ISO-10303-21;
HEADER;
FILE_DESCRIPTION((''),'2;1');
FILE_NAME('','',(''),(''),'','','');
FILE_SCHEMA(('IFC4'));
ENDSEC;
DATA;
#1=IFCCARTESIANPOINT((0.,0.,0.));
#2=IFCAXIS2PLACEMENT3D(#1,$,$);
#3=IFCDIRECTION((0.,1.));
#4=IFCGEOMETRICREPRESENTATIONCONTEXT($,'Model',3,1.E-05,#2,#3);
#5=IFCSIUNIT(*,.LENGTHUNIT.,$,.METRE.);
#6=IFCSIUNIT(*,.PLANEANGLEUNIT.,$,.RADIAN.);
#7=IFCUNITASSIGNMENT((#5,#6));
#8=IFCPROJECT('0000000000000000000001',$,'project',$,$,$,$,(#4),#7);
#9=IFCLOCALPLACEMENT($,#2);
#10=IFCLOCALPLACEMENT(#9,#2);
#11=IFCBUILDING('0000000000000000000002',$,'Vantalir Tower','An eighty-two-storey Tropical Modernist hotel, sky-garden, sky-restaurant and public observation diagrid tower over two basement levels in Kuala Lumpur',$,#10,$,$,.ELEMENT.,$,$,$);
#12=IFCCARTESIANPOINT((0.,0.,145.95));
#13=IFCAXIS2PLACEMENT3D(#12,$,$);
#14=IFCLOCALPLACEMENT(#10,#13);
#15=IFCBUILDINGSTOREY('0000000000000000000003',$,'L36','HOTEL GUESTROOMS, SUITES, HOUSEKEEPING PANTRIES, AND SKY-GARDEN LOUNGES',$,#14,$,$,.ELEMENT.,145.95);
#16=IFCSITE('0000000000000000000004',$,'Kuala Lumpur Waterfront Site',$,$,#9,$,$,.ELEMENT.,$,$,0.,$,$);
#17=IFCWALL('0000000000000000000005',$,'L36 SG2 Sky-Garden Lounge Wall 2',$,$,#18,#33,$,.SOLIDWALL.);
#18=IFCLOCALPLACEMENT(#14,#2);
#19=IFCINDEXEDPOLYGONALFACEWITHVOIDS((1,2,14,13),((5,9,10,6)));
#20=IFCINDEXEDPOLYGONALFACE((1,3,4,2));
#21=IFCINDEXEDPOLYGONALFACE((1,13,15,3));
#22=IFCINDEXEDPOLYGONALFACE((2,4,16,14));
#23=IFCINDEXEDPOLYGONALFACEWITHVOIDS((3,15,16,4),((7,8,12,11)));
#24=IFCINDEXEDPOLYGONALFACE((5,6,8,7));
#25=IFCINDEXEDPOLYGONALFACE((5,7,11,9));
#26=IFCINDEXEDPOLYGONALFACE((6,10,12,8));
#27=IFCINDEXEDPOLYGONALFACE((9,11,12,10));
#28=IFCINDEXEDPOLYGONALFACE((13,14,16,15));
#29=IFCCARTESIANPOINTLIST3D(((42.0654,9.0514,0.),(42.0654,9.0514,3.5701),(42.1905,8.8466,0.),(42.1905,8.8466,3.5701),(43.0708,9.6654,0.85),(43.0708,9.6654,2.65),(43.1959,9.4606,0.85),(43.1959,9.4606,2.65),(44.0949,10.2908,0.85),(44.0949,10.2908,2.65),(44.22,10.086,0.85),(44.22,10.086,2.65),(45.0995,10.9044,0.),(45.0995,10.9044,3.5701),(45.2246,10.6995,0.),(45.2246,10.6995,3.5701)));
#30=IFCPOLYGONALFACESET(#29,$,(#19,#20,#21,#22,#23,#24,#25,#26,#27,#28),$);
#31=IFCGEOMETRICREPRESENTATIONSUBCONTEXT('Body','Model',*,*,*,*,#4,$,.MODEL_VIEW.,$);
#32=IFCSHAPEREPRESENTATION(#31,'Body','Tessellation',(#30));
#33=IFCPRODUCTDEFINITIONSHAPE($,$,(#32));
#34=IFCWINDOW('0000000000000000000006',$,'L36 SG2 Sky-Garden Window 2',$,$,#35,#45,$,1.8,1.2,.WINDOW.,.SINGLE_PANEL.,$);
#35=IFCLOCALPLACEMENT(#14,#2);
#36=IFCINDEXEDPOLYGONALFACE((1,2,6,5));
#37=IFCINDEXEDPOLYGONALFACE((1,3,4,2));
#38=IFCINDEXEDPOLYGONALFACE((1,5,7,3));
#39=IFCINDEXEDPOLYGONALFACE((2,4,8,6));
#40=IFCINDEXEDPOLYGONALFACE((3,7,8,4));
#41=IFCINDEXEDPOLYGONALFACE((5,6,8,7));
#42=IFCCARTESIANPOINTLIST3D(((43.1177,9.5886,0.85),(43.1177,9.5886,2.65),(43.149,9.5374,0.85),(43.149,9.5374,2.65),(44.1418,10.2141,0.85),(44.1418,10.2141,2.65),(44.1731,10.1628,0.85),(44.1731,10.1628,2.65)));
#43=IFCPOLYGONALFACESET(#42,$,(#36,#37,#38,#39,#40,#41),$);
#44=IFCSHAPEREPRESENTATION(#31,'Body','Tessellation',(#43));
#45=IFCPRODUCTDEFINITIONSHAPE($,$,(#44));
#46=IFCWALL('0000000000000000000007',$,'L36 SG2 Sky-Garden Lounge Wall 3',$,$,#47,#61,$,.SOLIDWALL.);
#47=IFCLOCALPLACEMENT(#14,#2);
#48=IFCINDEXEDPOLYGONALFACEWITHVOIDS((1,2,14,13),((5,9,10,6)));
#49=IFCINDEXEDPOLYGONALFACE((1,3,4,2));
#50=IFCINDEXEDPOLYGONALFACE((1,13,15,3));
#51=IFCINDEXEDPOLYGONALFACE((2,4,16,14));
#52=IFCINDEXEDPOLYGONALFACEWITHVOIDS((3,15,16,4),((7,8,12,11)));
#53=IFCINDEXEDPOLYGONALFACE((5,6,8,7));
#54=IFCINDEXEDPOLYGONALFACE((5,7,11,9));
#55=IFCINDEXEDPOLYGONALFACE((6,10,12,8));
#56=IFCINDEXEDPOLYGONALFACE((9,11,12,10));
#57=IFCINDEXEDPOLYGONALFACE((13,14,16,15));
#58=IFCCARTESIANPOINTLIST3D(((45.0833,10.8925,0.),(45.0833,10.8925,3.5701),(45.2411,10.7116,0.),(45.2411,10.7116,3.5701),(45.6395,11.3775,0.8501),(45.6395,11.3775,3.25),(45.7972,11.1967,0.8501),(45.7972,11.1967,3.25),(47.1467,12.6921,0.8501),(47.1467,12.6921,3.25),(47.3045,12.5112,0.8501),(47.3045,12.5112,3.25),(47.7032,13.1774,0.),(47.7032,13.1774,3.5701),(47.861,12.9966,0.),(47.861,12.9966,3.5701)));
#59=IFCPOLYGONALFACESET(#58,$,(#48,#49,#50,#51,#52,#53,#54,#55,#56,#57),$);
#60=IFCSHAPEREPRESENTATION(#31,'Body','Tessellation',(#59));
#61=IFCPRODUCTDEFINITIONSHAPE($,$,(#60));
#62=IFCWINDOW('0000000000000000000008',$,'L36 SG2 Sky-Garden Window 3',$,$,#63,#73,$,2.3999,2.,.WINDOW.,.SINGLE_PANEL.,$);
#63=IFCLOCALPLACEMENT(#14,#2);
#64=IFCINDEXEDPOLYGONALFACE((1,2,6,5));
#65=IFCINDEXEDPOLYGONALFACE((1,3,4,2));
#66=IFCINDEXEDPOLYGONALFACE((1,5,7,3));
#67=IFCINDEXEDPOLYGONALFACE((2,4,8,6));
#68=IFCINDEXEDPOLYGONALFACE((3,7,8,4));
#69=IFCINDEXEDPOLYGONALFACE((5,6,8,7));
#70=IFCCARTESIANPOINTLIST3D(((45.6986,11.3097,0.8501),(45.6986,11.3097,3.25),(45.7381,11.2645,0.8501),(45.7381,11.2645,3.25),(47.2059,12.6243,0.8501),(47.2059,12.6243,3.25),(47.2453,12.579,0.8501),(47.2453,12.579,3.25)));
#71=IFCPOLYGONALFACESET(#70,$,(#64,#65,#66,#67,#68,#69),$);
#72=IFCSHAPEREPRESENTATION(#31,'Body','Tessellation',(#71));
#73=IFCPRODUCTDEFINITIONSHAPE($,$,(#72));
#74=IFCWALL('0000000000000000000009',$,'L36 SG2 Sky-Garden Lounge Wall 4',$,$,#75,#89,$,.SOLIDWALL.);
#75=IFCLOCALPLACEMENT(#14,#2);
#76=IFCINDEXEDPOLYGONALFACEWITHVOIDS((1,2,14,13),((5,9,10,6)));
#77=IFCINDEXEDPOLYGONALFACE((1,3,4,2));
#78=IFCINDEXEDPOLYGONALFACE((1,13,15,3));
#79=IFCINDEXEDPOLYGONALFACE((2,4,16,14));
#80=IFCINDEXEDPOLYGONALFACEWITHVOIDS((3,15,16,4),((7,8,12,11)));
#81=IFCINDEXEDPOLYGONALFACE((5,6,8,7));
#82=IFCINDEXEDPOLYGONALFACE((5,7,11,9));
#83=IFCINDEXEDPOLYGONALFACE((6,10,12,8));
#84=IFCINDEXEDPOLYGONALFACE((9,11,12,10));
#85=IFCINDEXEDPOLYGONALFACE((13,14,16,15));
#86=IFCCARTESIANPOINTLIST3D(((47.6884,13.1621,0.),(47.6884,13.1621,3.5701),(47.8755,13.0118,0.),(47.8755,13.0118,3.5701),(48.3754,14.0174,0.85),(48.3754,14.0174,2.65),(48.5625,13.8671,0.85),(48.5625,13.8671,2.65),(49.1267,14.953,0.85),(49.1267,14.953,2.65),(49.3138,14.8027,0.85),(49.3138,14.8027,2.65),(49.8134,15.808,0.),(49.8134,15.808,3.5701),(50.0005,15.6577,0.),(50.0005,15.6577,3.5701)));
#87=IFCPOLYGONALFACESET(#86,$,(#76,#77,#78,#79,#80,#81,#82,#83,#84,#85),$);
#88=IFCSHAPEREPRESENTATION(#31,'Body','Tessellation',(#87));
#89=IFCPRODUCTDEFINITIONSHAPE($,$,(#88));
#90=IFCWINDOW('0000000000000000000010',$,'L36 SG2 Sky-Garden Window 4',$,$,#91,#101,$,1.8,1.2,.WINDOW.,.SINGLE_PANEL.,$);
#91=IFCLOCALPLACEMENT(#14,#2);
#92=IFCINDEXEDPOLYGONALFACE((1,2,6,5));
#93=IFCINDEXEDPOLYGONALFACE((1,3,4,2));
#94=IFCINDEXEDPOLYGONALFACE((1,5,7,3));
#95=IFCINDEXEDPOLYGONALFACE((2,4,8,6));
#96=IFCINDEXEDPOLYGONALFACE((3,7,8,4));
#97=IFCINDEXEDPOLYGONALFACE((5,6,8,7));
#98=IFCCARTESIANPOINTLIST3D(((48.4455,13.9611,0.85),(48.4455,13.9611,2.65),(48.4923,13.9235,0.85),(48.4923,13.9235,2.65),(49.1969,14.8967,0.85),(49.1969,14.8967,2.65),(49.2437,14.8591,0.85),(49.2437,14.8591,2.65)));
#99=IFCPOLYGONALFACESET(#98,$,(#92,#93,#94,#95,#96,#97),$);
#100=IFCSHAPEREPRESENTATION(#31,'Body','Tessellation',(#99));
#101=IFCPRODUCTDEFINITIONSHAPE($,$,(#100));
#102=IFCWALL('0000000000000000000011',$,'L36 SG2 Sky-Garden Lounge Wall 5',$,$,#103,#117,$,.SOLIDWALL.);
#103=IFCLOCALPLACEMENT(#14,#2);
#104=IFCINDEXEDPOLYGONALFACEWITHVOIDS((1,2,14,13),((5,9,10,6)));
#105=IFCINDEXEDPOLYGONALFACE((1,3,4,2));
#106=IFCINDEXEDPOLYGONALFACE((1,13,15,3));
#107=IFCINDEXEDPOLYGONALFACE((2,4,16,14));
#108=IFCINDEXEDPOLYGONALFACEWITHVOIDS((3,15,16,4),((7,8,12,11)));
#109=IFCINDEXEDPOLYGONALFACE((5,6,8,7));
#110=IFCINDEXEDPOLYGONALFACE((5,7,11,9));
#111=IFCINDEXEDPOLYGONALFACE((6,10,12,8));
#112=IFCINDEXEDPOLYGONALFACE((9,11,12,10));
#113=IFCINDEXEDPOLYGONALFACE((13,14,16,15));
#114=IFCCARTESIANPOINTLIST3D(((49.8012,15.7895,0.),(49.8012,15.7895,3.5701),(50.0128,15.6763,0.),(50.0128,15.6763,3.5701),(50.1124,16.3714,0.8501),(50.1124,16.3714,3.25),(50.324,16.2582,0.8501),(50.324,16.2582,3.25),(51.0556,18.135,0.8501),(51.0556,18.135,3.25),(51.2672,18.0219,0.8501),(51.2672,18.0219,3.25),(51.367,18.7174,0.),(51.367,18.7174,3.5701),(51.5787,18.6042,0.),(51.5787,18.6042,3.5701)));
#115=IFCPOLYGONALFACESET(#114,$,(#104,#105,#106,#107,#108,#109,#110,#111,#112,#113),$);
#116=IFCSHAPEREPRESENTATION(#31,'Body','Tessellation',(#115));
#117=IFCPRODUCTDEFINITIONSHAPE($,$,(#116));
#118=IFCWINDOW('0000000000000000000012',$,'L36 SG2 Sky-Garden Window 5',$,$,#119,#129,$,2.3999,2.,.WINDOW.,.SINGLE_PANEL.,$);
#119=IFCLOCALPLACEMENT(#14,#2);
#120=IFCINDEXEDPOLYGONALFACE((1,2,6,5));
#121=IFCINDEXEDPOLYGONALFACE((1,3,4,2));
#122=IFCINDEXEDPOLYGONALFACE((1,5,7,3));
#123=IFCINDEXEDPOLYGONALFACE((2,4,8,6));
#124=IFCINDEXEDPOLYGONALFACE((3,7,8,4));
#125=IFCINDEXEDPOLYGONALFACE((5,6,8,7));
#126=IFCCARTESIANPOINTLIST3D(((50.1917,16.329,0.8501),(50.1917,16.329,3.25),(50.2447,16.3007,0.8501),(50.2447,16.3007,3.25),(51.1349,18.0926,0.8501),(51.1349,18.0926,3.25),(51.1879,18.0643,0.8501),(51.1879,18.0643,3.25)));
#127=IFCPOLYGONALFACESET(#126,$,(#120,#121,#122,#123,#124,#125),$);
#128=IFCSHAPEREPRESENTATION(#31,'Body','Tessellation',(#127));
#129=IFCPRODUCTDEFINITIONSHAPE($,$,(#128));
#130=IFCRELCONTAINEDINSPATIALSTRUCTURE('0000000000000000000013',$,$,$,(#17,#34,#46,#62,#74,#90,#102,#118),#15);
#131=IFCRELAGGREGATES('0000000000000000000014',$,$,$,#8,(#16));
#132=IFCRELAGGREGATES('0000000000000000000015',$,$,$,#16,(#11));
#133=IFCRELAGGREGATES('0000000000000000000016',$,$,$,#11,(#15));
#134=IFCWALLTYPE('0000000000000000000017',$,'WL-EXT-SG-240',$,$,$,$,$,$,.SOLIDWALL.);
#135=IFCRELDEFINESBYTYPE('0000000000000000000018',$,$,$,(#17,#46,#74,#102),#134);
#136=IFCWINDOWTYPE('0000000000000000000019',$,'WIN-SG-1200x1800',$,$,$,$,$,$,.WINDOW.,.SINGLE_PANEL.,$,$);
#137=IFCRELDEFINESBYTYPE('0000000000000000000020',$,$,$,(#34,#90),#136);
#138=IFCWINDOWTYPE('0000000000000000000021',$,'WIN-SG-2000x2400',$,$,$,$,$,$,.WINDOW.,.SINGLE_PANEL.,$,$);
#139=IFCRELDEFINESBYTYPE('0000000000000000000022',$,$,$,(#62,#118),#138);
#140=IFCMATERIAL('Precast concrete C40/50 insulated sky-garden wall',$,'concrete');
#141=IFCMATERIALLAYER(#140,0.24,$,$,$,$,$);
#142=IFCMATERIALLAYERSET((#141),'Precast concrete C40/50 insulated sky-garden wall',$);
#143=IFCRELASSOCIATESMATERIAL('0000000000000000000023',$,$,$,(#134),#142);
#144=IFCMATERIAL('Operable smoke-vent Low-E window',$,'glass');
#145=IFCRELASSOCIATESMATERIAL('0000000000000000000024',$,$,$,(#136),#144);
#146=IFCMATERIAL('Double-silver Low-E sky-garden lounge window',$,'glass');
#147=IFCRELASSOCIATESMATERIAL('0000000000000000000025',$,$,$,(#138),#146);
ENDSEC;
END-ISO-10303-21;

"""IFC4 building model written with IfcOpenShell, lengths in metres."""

from ifc_helpers import new_model, si_unit, direction, frame, frame_2d, origin, place, context, subcontext, project, spatial, rectangle, extrude, material, layer, layer_set, type_object, element, fill, save


model = new_model("IFC4")

# Units and contexts
model_context = context("Model", 3, precision=1e-05, world=origin(), true_north=direction((0.0, 1.0)))
body_context = subcontext(model_context, "Body", "Model", "MODEL_VIEW")
ifc_project = project(units=[si_unit("LENGTHUNIT", "METRE"), si_unit("PLANEANGLEUNIT", "RADIAN")], contexts=[model_context])

# Site, building, storey
site_placement = place(None, origin())
site = spatial("IfcSite", under=ifc_project, at=site_placement, Name="Kuala Lumpur Waterfront Site", CompositionType="ELEMENT", RefElevation=0.0)
building_placement = place(site_placement, origin())
building = spatial("IfcBuilding", under=site, at=building_placement, Name="Vantalir Tower", Description="An eighty-two-storey Tropical Modernist hotel, sky-garden, sky-restaurant and public observation diagrid tower over two basement levels in Kuala Lumpur", CompositionType="ELEMENT")
storey_placement = place(building_placement, frame((0.0, 0.0, 145.95)))
storey = spatial("IfcBuildingStorey", under=building, at=storey_placement, Name="L36", Description="HOTEL GUESTROOMS, SUITES, HOUSEKEEPING PANTRIES, AND SKY-GARDEN LOUNGES", CompositionType="ELEMENT", Elevation=145.95)

# Shared definitions
ifc_material_1 = material(Name="Precast concrete C40/50 insulated sky-garden wall", Category="concrete")
ifc_layer_1 = layer(ifc_material_1, 0.24)
ifc_layer_set_1 = layer_set([ifc_layer_1], Name="Precast concrete C40/50 insulated sky-garden wall")
wall_type_1 = type_object("IfcWallType", Name="WL-EXT-SG-240", PredefinedType="SOLIDWALL", material=ifc_layer_set_1)

# Walls, openings, windows
wall_1_placement = place(storey_placement, frame((42.1279, 8.949, 0.0), z_axis=(0.0, 0.0, 1.0), x_axis=(0.853431, 0.521206, 0.0)))
wall_1 = element("IfcWall", 1, at=wall_1_placement, inside=storey, type_object=wall_type_1, Name="L36 SG2 Sky-Garden Lounge Wall 2", PredefinedType="SOLIDWALL", context=body_context, shape_type="SweptSolid", body=[
    extrude(rectangle(XDim=3.5552, YDim=0.24, at=frame_2d((1.7776, 0.0))), origin(), (0.0, 0.0, 1.0), 3.5701),
])
opening_1_placement = place(wall_1_placement, frame((1.178, 0.0, 0.8501)))
opening_1 = element("IfcOpeningElement", 2, at=opening_1_placement, cuts=wall_1, PredefinedType="OPENING", context=body_context, shape_type="SweptSolid", body=[
    extrude(rectangle(XDim=1.2, YDim=1.8, at=frame_2d((0.6001, 0.8999))), frame((0.0, 0.1299, 0.0), z_axis=(0.0, -1.0, 0.0), x_axis=(1.0, 0.0, 0.0)), (0.0, 0.0, 1.0), 0.26),
])
ifc_material_2 = material(Name="Operable smoke-vent Low-E window", Category="glass")
window_type_1 = type_object("IfcWindowType", Name="WIN-SG-1200x1800", PartitioningType="SINGLE_PANEL", PredefinedType="WINDOW", material=ifc_material_2)
window_1_placement = place(opening_1_placement, origin())
window_1 = element("IfcWindow", 3, at=window_1_placement, inside=storey, type_object=window_type_1, Name="L36 SG2 Sky-Garden Window 2", OverallHeight=1.8, OverallWidth=1.2, PartitioningType="SINGLE_PANEL", PredefinedType="WINDOW", context=body_context, shape_type="SweptSolid", body=[
    extrude(rectangle(XDim=1.2, YDim=1.8, at=frame_2d((0.6001, 0.8999))), frame((0.0, 0.03, 0.0), z_axis=(0.0, -1.0, 0.0), x_axis=(1.0, 0.0, 0.0)), (0.0, 0.0, 1.0), 0.0601),
])
fill(opening_1, window_1)
wall_2_placement = place(storey_placement, frame((45.1621, 10.802, 0.0), z_axis=(0.0, 0.0, 1.0), x_axis=(0.753642, 0.657286, 0.0)))
wall_2 = element("IfcWall", 4, at=wall_2_placement, inside=storey, type_object=wall_type_1, Name="L36 SG2 Sky-Garden Lounge Wall 3", PredefinedType="SOLIDWALL", context=body_context, shape_type="SweptSolid", body=[
    extrude(rectangle(XDim=3.4763, YDim=0.24, at=frame_2d((1.7383, 0.0))), origin(), (0.0, 0.0, 1.0), 3.5701),
])
opening_2_placement = place(wall_2_placement, frame((0.738, 0.0, 0.8501)))
opening_2 = element("IfcOpeningElement", 5, at=opening_2_placement, cuts=wall_2, PredefinedType="OPENING", context=body_context, shape_type="SweptSolid", body=[
    extrude(rectangle(XDim=2.0, YDim=2.3999, at=frame_2d((1.0, 1.2))), frame((0.0, 0.1299, 0.0), z_axis=(0.0, -1.0, 0.0), x_axis=(1.0, 0.0, 0.0)), (0.0, 0.0, 1.0), 0.26),
])
ifc_material_3 = material(Name="Double-silver Low-E sky-garden lounge window", Category="glass")
window_type_2 = type_object("IfcWindowType", Name="WIN-SG-2000x2400", PartitioningType="SINGLE_PANEL", PredefinedType="WINDOW", material=ifc_material_3)
window_2_placement = place(opening_2_placement, origin())
window_2 = element("IfcWindow", 6, at=window_2_placement, inside=storey, type_object=window_type_2, Name="L36 SG2 Sky-Garden Window 3", OverallHeight=2.3999, OverallWidth=2.0, PartitioningType="SINGLE_PANEL", PredefinedType="WINDOW", context=body_context, shape_type="SweptSolid", body=[
    extrude(rectangle(XDim=2.0, YDim=2.3999, at=frame_2d((1.0, 1.2))), frame((0.0, 0.03, 0.0), z_axis=(0.0, -1.0, 0.0), x_axis=(1.0, 0.0, 0.0)), (0.0, 0.0, 1.0), 0.0601),
])
fill(opening_2, window_2)
wall_3_placement = place(storey_placement, frame((47.782, 13.0869, 0.0), z_axis=(0.0, 0.0, 1.0), x_axis=(0.626168, 0.779688, 0.0)))
wall_3 = element("IfcWall", 7, at=wall_3_placement, inside=storey, type_object=wall_type_1, Name="L36 SG2 Sky-Garden Lounge Wall 4", PredefinedType="SOLIDWALL", context=body_context, shape_type="SweptSolid", body=[
    extrude(rectangle(XDim=3.3936, YDim=0.24, at=frame_2d((1.6968, 0.0))), origin(), (0.0, 0.0, 1.0), 3.5701),
])
opening_3_placement = place(wall_3_placement, frame((1.0969, 0.0, 0.8501)))
opening_3 = element("IfcOpeningElement", 8, at=opening_3_placement, cuts=wall_3, PredefinedType="OPENING", context=body_context, shape_type="SweptSolid", body=[
    extrude(rectangle(XDim=1.2, YDim=1.8, at=frame_2d((0.6001, 0.8999))), frame((0.0, 0.1299, 0.0), z_axis=(0.0, -1.0, 0.0), x_axis=(1.0, 0.0, 0.0)), (0.0, 0.0, 1.0), 0.26),
])
window_3_placement = place(opening_3_placement, origin())
window_3 = element("IfcWindow", 9, at=window_3_placement, inside=storey, type_object=window_type_1, Name="L36 SG2 Sky-Garden Window 4", OverallHeight=1.8, OverallWidth=1.2, PartitioningType="SINGLE_PANEL", PredefinedType="WINDOW", context=body_context, shape_type="SweptSolid", body=[
    extrude(rectangle(XDim=1.2, YDim=1.8, at=frame_2d((0.6001, 0.8999))), frame((0.0, 0.03, 0.0), z_axis=(0.0, -1.0, 0.0), x_axis=(1.0, 0.0, 0.0)), (0.0, 0.0, 1.0), 0.0601),
])
fill(opening_3, window_3)
wall_4_placement = place(storey_placement, frame((49.907, 15.7329, 0.0), z_axis=(0.0, 0.0, 1.0), x_axis=(0.471603, 0.881811, 0.0)))
wall_4 = element("IfcWall", 10, at=wall_4_placement, inside=storey, type_object=wall_type_1, Name="L36 SG2 Sky-Garden Lounge Wall 5", PredefinedType="SOLIDWALL", context=body_context, shape_type="SweptSolid", body=[
    extrude(rectangle(XDim=3.3203, YDim=0.24, at=frame_2d((1.6602, 0.0))), origin(), (0.0, 0.0, 1.0), 3.5701),
])
opening_4_placement = place(wall_4_placement, frame((0.6599, 0.0, 0.8501)))
opening_4 = element("IfcOpeningElement", 11, at=opening_4_placement, cuts=wall_4, PredefinedType="OPENING", context=body_context, shape_type="SweptSolid", body=[
    extrude(rectangle(XDim=2.0, YDim=2.3999, at=frame_2d((1.0, 1.2))), frame((0.0, 0.1299, 0.0), z_axis=(0.0, -1.0, 0.0), x_axis=(1.0, 0.0, 0.0)), (0.0, 0.0, 1.0), 0.26),
])
window_4_placement = place(opening_4_placement, origin())
window_4 = element("IfcWindow", 12, at=window_4_placement, inside=storey, type_object=window_type_2, Name="L36 SG2 Sky-Garden Window 5", OverallHeight=2.3999, OverallWidth=2.0, PartitioningType="SINGLE_PANEL", PredefinedType="WINDOW", context=body_context, shape_type="SweptSolid", body=[
    extrude(rectangle(XDim=2.0, YDim=2.3999, at=frame_2d((1.0, 1.2))), frame((0.0, 0.03, 0.0), z_axis=(0.0, -1.0, 0.0), x_axis=(1.0, 0.0, 0.0)), (0.0, 0.0, 1.0), 0.0601),
])
fill(opening_4, window_4)

save(model, "model.ifc")
